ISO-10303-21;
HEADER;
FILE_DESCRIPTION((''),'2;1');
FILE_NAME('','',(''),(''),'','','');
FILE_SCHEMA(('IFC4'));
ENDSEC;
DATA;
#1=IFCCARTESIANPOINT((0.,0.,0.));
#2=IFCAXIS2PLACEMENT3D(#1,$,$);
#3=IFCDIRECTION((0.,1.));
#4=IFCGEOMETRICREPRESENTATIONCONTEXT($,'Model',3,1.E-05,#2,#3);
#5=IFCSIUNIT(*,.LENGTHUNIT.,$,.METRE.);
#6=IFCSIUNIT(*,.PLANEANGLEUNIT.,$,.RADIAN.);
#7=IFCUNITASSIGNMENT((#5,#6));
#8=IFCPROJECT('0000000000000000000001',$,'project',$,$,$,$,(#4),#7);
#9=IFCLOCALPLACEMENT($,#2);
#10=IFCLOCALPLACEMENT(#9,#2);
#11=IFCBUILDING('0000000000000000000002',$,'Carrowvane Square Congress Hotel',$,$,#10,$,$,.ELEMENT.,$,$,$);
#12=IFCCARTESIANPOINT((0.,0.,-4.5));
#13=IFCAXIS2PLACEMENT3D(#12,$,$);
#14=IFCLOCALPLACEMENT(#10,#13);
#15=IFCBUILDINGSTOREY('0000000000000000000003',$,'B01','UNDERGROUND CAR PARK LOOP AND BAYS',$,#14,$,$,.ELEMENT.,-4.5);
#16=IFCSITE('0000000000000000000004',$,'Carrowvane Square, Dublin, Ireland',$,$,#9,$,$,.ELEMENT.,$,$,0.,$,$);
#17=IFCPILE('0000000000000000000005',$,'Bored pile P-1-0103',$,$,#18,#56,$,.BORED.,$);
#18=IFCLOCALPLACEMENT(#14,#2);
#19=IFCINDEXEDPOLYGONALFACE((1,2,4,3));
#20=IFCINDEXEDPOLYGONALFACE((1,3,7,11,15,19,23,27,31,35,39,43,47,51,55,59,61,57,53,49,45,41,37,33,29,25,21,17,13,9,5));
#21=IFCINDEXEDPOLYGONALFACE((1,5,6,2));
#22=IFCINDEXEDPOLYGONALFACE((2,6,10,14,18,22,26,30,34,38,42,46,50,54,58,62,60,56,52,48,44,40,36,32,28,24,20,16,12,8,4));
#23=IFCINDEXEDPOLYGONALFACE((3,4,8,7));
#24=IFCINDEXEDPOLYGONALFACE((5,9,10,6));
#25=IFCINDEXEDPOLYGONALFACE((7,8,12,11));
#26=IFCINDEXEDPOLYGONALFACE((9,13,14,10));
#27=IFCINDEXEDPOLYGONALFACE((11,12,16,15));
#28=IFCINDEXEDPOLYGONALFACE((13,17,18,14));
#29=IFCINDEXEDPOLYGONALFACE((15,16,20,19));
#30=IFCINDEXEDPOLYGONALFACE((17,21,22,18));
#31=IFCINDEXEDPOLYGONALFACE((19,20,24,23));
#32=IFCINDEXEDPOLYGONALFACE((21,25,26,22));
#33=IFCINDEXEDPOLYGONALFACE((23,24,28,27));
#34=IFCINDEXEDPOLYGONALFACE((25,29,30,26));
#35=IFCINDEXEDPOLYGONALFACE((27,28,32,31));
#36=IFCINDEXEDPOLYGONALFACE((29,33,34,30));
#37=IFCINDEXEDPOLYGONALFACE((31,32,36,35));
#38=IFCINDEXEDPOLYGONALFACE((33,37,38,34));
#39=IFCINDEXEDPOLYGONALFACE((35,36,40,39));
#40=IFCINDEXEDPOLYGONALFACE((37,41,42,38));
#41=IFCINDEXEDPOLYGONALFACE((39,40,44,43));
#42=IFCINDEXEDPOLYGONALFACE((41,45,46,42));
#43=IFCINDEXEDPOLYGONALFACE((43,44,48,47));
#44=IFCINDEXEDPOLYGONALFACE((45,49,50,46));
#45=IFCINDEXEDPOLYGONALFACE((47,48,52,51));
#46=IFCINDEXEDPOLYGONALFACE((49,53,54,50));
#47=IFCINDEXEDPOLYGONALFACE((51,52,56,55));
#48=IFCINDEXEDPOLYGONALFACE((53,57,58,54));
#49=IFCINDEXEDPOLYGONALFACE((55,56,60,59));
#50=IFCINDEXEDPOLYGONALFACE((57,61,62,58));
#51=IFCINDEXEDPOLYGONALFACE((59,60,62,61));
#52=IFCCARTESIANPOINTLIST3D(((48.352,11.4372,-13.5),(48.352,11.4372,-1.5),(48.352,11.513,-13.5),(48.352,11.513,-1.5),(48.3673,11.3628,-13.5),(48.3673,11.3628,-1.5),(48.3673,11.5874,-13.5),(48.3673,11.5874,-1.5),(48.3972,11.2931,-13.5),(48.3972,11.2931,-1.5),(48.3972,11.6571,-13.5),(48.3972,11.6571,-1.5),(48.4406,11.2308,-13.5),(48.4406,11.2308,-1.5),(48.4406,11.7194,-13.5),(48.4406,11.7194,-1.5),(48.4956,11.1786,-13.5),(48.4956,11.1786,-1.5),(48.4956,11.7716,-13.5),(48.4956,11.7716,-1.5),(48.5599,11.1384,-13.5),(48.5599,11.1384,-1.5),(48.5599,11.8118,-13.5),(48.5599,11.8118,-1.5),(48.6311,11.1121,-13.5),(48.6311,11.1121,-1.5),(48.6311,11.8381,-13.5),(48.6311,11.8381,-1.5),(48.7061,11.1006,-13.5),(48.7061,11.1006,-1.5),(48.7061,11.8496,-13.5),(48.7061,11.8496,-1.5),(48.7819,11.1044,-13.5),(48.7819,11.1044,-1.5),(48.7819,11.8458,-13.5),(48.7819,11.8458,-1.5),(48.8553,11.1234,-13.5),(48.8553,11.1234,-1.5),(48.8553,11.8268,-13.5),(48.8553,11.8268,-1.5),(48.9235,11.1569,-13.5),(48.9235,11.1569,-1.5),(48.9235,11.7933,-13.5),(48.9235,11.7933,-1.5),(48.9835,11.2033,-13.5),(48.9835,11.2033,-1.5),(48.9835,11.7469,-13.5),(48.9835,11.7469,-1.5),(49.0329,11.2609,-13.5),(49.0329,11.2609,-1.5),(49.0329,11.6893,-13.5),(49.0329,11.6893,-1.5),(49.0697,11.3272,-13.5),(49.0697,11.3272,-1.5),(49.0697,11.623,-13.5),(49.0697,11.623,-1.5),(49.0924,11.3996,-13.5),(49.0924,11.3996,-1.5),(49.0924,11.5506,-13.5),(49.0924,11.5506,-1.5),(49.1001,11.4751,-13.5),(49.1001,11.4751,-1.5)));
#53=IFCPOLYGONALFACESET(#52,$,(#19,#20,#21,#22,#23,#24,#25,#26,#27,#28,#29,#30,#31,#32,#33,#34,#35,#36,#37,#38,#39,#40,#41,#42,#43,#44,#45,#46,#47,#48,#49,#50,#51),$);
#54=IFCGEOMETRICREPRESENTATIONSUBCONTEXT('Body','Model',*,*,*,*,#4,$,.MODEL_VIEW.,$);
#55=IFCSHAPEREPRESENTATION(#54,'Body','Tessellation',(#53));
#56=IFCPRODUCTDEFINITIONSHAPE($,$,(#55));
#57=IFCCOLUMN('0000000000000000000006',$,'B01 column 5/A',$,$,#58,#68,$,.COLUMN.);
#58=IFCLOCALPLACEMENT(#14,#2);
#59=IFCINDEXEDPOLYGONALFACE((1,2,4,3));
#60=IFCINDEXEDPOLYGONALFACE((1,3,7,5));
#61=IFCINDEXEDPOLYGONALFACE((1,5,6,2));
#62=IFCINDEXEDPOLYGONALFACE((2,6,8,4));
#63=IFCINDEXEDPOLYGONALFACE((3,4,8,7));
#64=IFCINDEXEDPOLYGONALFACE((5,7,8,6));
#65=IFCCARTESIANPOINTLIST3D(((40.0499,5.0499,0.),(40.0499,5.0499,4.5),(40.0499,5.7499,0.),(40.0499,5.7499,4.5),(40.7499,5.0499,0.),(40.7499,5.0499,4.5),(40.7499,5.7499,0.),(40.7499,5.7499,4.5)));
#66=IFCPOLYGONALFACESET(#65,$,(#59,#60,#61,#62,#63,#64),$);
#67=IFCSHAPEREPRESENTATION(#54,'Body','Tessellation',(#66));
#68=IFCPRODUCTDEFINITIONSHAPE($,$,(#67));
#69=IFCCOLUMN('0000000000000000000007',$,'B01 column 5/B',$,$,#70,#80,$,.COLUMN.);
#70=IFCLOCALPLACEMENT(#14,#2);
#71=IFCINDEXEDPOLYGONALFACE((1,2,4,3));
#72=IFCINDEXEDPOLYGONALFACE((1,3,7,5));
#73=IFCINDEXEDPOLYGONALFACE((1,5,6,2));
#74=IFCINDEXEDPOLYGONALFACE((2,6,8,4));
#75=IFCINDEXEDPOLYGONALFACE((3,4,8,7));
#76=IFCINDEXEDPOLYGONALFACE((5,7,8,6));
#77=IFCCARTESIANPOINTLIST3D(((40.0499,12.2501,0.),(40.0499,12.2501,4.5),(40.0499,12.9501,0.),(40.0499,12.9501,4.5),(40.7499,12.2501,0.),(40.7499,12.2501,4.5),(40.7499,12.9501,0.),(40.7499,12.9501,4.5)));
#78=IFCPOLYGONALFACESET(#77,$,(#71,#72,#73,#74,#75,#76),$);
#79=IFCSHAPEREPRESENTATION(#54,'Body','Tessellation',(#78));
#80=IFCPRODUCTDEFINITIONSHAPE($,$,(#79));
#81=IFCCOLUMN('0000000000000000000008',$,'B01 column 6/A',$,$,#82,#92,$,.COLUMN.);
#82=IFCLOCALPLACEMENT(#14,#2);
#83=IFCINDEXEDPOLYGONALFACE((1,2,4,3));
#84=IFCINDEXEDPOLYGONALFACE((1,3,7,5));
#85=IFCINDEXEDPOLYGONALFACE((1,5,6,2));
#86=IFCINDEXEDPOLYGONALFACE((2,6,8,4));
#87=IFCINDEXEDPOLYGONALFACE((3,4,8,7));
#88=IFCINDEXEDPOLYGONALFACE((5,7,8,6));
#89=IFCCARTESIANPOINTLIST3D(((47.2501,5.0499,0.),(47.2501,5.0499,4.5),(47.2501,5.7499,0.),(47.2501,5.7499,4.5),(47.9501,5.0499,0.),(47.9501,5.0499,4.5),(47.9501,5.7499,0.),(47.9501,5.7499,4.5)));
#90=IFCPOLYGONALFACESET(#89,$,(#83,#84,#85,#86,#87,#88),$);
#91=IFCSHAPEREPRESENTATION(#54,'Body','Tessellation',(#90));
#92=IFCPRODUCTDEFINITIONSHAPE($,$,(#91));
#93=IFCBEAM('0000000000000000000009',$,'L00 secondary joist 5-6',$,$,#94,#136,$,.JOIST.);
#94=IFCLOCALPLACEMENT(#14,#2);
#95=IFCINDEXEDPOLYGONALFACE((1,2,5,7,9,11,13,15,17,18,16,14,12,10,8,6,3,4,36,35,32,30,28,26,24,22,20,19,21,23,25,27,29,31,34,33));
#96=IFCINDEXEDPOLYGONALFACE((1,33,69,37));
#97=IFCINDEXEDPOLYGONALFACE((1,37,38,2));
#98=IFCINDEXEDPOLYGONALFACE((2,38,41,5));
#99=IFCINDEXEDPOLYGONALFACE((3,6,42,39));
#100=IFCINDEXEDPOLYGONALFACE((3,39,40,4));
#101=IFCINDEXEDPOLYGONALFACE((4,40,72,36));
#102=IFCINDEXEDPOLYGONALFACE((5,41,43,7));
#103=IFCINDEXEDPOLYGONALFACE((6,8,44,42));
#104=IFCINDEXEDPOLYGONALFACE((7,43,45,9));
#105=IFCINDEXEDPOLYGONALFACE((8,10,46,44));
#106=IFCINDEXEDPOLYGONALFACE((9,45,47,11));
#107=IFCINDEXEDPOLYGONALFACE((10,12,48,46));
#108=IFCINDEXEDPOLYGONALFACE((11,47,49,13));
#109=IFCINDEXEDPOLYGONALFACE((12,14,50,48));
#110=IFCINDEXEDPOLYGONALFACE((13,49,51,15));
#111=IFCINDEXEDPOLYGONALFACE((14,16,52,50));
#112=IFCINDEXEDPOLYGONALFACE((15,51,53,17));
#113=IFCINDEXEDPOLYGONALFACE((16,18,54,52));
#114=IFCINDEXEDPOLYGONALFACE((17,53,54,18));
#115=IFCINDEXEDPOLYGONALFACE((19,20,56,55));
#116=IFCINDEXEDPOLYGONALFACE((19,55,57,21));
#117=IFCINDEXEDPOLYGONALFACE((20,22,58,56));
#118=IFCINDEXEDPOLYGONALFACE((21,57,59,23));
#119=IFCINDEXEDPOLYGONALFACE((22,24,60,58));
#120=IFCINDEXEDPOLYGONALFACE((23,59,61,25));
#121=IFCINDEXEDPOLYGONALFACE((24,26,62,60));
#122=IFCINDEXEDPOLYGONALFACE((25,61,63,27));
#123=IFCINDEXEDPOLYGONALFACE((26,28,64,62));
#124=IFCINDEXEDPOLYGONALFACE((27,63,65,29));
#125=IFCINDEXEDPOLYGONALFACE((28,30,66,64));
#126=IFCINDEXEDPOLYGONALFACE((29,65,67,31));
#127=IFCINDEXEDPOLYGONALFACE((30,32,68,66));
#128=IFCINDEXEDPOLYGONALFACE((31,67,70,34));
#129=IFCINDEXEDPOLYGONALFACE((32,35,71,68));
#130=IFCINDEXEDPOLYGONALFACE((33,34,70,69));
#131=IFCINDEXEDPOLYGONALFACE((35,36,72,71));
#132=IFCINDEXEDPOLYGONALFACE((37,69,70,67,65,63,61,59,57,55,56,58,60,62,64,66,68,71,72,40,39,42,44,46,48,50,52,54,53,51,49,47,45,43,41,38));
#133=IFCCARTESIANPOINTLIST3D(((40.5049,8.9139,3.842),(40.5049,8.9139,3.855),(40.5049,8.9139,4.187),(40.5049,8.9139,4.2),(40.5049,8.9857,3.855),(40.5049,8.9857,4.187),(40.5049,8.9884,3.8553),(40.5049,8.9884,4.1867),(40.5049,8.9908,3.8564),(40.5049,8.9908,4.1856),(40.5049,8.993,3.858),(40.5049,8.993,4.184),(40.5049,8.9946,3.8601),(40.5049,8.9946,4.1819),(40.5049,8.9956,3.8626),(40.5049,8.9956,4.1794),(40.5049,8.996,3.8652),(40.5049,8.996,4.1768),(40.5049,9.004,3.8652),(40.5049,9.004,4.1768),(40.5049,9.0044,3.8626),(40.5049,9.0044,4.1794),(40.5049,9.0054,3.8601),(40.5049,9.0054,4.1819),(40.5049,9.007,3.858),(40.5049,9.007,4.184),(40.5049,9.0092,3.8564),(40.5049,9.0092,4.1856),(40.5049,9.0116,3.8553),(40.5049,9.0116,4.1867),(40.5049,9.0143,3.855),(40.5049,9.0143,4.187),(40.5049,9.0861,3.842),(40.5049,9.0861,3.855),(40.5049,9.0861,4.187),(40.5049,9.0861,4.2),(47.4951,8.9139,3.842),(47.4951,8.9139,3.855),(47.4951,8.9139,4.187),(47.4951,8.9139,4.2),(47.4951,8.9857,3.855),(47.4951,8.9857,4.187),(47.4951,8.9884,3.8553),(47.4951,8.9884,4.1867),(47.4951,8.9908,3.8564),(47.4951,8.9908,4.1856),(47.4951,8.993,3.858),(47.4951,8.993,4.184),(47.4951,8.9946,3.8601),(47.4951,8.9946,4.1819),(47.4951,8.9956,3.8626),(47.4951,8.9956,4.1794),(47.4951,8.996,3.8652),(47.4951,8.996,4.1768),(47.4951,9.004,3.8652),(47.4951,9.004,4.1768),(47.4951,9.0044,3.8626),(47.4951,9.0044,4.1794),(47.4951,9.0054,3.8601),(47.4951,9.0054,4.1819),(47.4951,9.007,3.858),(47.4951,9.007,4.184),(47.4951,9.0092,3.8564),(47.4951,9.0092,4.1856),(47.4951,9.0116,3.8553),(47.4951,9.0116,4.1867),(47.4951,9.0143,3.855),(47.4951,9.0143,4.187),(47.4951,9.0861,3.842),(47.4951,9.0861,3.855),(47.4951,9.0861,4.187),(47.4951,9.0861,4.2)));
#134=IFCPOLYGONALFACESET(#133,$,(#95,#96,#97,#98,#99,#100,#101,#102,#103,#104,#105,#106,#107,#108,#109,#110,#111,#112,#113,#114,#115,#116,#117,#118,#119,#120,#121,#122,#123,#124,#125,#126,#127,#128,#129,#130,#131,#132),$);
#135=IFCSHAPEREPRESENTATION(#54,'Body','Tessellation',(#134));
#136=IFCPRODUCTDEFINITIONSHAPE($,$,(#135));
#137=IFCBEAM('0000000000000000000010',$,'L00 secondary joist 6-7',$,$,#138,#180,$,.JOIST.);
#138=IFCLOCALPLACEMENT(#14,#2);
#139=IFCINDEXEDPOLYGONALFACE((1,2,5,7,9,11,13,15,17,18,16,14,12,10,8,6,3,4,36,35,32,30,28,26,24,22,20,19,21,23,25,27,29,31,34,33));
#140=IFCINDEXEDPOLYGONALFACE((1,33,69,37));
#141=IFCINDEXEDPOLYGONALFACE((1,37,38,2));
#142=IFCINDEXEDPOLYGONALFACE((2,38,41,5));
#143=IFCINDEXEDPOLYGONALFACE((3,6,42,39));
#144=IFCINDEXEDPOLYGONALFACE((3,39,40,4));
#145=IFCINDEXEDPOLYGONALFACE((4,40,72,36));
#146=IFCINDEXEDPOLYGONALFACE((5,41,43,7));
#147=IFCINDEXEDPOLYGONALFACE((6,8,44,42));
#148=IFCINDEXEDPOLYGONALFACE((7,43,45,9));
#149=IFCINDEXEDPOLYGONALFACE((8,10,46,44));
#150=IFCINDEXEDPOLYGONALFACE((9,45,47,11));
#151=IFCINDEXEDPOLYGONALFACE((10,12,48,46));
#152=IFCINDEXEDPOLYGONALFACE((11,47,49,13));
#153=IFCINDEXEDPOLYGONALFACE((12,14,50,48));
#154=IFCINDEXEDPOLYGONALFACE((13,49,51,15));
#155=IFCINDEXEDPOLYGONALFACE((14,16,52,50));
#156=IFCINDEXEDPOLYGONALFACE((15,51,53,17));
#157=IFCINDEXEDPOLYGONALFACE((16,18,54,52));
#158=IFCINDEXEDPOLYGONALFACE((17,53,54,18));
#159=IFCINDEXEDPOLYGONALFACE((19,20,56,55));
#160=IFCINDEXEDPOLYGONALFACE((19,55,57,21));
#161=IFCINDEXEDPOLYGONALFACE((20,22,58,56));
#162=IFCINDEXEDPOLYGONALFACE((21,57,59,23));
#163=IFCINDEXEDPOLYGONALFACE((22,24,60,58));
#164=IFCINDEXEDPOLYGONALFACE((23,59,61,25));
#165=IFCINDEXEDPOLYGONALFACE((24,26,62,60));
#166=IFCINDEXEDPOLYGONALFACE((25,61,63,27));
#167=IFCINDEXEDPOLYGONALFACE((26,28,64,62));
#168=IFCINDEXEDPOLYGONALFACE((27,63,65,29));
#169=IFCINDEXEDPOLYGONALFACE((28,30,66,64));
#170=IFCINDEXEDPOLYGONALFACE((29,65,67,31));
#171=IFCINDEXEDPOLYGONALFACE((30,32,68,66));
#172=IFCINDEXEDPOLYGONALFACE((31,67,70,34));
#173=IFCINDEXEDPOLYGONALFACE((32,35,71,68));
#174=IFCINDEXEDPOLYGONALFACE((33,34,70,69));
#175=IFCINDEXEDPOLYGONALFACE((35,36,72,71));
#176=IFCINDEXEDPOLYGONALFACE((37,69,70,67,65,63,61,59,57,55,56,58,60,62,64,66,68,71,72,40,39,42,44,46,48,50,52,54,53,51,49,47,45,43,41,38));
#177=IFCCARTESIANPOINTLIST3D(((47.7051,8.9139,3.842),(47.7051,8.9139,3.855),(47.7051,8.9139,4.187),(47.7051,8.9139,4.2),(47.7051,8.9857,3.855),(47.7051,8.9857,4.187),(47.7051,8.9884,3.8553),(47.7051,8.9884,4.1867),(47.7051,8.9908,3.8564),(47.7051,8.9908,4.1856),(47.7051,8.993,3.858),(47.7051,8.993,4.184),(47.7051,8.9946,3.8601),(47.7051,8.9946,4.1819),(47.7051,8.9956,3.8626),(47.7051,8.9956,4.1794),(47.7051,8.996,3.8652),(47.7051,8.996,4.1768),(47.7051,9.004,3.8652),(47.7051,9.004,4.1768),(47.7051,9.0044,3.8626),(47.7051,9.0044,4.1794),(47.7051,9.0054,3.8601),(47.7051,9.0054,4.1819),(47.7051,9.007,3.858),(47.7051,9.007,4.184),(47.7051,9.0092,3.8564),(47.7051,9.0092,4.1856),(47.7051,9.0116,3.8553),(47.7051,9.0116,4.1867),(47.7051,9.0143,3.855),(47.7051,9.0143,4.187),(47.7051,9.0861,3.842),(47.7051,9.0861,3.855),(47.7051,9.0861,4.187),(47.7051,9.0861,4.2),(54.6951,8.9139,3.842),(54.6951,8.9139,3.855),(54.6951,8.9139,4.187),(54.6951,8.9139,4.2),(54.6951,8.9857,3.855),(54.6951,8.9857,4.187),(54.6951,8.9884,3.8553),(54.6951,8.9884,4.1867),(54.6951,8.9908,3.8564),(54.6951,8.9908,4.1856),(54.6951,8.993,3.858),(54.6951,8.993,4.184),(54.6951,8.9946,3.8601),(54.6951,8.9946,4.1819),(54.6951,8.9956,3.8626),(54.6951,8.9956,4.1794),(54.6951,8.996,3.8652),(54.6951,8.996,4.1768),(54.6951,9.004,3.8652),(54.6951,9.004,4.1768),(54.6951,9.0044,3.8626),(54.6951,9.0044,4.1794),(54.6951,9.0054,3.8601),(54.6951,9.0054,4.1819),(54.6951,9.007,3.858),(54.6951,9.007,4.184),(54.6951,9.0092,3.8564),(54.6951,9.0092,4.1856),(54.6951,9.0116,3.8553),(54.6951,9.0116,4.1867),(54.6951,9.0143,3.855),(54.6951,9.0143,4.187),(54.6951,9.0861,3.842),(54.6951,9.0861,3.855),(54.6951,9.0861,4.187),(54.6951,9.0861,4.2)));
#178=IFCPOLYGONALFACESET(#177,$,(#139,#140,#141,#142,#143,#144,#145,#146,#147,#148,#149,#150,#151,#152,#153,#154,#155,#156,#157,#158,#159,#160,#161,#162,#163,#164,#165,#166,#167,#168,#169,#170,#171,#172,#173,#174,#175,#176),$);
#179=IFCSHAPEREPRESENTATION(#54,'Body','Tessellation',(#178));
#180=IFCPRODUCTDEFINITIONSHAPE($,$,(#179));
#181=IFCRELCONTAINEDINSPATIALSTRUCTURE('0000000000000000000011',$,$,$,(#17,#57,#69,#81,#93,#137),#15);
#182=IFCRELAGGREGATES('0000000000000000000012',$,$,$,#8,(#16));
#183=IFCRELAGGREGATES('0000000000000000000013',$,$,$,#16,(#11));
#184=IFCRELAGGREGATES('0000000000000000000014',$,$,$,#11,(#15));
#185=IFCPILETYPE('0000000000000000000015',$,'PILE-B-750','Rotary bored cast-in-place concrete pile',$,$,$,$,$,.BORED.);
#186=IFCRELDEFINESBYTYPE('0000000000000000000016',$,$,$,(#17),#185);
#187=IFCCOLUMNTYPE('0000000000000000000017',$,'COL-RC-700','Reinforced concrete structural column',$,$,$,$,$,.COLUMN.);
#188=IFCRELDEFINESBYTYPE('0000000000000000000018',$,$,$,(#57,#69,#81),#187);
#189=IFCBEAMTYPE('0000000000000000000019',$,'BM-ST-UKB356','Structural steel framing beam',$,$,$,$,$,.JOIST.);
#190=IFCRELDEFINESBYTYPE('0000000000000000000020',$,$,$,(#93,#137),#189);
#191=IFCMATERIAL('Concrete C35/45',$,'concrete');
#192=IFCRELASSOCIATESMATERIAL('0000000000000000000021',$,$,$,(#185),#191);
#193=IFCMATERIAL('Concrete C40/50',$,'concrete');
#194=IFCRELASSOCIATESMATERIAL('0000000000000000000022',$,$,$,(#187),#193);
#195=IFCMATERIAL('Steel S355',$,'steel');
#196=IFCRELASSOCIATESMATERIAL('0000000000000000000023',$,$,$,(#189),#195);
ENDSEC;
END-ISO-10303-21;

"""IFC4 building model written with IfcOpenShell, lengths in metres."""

from ifc_helpers import new_model, si_unit, direction, frame, origin, origin_2d, place, context, subcontext, project, spatial, rectangle, circle, i_section, extrude, material, material_profile, profile_set, type_object, element, save


model = new_model("IFC4")

# Units and contexts
model_context = context("Model", 3, precision=1e-05, world=origin(), true_north=direction((0.0, 1.0)))
body_context = subcontext(model_context, "Body", "Model", "MODEL_VIEW")
ifc_project = project(units=[si_unit("LENGTHUNIT", "METRE"), si_unit("PLANEANGLEUNIT", "RADIAN")], contexts=[model_context])

# Site, building, storey
site_placement = place(None, origin())
site = spatial("IfcSite", under=ifc_project, at=site_placement, Name="Carrowvane Square, Dublin, Ireland", CompositionType="ELEMENT", RefElevation=0.0)
building_placement = place(site_placement, origin())
building = spatial("IfcBuilding", under=site, at=building_placement, Name="Carrowvane Square Congress Hotel", CompositionType="ELEMENT")
storey_placement = place(building_placement, frame((0.0, 0.0, -4.5)))
storey = spatial("IfcBuildingStorey", under=building, at=storey_placement, Name="B01", Description="UNDERGROUND CAR PARK LOOP AND BAYS", CompositionType="ELEMENT", Elevation=-4.5)

# Pile
ifc_material_1 = material(Name="Concrete C35/45", Category="concrete")
ifc_material_profile_1 = material_profile(ifc_material_1, circle(Radius=0.375, at=origin_2d()), Name="PILE D750")
ifc_profile_set_1 = profile_set([ifc_material_profile_1], Name="Concrete C35/45")
pile_type = type_object("IfcPileType", Name="PILE-B-750", Description="Rotary bored cast-in-place concrete pile", PredefinedType="BORED", material=ifc_profile_set_1)
for number, where, z_axis, x_axis, name in (
    (1, (48.7251, 11.4751, -1.5), (0.0, 0.0, -1.0), (1.0, 0.0, 0.0), "Bored pile P-1-0103"),
):
    element("IfcPile", number, at=place(storey_placement, frame(where, z_axis=z_axis, x_axis=x_axis)), inside=storey, type_object=pile_type, Name=name, PredefinedType="BORED", context=body_context, shape_type="SweptSolid", body=[
        extrude(circle(Radius=0.375, at=origin_2d()), origin(), (0.0, 0.0, 1.0), 12.0),
    ])

# Columns
ifc_material_2 = material(Name="Concrete C40/50", Category="concrete")
ifc_material_profile_2 = material_profile(ifc_material_2, rectangle(XDim=0.7, YDim=0.7, at=origin_2d()), Name="RC 700x700")
ifc_profile_set_2 = profile_set([ifc_material_profile_2], Name="Concrete C40/50")
column_type = type_object("IfcColumnType", Name="COL-RC-700", Description="Reinforced concrete structural column", PredefinedType="COLUMN", material=ifc_profile_set_2)
for number, where, z_axis, x_axis, name in (
    (2, (40.3999, 5.3999, 0.0), (0.0, 0.0, 1.0), (1.0, 0.0, 0.0), "B01 column 5/A"),
    (3, (40.3999, 12.6001, 0.0), (0.0, 0.0, 1.0), (1.0, 0.0, 0.0), "B01 column 5/B"),
    (4, (47.6001, 5.3999, 0.0), (0.0, 0.0, 1.0), (1.0, 0.0, 0.0), "B01 column 6/A"),
):
    element("IfcColumn", number, at=place(storey_placement, frame(where, z_axis=z_axis, x_axis=x_axis)), inside=storey, type_object=column_type, Name=name, PredefinedType="COLUMN", context=body_context, shape_type="SweptSolid", body=[
        extrude(rectangle(XDim=0.7, YDim=0.7, at=origin_2d()), origin(), (0.0, 0.0, 1.0), 4.5),
    ])

# Beams
ifc_material_3 = material(Name="Steel S355", Category="steel")
ifc_material_profile_3 = material_profile(ifc_material_3, i_section(OverallWidth=0.1721, OverallDepth=0.3579, WebThickness=0.0081, FlangeThickness=0.0129, FilletRadius=0.0103, at=origin_2d()), Name="UKB 356x171x57")
ifc_profile_set_3 = profile_set([ifc_material_profile_3], Name="Steel S355")
beam_type_1 = type_object("IfcBeamType", Name="BM-ST-UKB356", Description="Structural steel framing beam", PredefinedType="JOIST", material=ifc_profile_set_3)
beam_1_placement = place(storey_placement, frame((40.5049, 9.0, 4.021), z_axis=(1.0, 0.0, 0.0), x_axis=(0.0, 1.0, 0.0)))
element("IfcBeam", 5, at=beam_1_placement, inside=storey, type_object=beam_type_1, Name="L00 secondary joist 5-6", PredefinedType="JOIST", context=body_context, shape_type="SweptSolid", body=[
    extrude(i_section(OverallWidth=0.1721, OverallDepth=0.3579, WebThickness=0.0081, FlangeThickness=0.0129, FilletRadius=0.0103, at=origin_2d()), origin(), (0.0, 0.0, 1.0), 6.9902),
])
beam_2_placement = place(storey_placement, frame((47.7051, 9.0, 4.021), z_axis=(1.0, 0.0, 0.0), x_axis=(0.0, 1.0, 0.0)))
element("IfcBeam", 6, at=beam_2_placement, inside=storey, type_object=beam_type_1, Name="L00 secondary joist 6-7", PredefinedType="JOIST", context=body_context, shape_type="SweptSolid", body=[
    extrude(i_section(OverallWidth=0.1721, OverallDepth=0.3579, WebThickness=0.0081, FlangeThickness=0.0129, FilletRadius=0.0103, at=origin_2d()), origin(), (0.0, 0.0, 1.0), 6.99),
])

save(model, "model.ifc")
